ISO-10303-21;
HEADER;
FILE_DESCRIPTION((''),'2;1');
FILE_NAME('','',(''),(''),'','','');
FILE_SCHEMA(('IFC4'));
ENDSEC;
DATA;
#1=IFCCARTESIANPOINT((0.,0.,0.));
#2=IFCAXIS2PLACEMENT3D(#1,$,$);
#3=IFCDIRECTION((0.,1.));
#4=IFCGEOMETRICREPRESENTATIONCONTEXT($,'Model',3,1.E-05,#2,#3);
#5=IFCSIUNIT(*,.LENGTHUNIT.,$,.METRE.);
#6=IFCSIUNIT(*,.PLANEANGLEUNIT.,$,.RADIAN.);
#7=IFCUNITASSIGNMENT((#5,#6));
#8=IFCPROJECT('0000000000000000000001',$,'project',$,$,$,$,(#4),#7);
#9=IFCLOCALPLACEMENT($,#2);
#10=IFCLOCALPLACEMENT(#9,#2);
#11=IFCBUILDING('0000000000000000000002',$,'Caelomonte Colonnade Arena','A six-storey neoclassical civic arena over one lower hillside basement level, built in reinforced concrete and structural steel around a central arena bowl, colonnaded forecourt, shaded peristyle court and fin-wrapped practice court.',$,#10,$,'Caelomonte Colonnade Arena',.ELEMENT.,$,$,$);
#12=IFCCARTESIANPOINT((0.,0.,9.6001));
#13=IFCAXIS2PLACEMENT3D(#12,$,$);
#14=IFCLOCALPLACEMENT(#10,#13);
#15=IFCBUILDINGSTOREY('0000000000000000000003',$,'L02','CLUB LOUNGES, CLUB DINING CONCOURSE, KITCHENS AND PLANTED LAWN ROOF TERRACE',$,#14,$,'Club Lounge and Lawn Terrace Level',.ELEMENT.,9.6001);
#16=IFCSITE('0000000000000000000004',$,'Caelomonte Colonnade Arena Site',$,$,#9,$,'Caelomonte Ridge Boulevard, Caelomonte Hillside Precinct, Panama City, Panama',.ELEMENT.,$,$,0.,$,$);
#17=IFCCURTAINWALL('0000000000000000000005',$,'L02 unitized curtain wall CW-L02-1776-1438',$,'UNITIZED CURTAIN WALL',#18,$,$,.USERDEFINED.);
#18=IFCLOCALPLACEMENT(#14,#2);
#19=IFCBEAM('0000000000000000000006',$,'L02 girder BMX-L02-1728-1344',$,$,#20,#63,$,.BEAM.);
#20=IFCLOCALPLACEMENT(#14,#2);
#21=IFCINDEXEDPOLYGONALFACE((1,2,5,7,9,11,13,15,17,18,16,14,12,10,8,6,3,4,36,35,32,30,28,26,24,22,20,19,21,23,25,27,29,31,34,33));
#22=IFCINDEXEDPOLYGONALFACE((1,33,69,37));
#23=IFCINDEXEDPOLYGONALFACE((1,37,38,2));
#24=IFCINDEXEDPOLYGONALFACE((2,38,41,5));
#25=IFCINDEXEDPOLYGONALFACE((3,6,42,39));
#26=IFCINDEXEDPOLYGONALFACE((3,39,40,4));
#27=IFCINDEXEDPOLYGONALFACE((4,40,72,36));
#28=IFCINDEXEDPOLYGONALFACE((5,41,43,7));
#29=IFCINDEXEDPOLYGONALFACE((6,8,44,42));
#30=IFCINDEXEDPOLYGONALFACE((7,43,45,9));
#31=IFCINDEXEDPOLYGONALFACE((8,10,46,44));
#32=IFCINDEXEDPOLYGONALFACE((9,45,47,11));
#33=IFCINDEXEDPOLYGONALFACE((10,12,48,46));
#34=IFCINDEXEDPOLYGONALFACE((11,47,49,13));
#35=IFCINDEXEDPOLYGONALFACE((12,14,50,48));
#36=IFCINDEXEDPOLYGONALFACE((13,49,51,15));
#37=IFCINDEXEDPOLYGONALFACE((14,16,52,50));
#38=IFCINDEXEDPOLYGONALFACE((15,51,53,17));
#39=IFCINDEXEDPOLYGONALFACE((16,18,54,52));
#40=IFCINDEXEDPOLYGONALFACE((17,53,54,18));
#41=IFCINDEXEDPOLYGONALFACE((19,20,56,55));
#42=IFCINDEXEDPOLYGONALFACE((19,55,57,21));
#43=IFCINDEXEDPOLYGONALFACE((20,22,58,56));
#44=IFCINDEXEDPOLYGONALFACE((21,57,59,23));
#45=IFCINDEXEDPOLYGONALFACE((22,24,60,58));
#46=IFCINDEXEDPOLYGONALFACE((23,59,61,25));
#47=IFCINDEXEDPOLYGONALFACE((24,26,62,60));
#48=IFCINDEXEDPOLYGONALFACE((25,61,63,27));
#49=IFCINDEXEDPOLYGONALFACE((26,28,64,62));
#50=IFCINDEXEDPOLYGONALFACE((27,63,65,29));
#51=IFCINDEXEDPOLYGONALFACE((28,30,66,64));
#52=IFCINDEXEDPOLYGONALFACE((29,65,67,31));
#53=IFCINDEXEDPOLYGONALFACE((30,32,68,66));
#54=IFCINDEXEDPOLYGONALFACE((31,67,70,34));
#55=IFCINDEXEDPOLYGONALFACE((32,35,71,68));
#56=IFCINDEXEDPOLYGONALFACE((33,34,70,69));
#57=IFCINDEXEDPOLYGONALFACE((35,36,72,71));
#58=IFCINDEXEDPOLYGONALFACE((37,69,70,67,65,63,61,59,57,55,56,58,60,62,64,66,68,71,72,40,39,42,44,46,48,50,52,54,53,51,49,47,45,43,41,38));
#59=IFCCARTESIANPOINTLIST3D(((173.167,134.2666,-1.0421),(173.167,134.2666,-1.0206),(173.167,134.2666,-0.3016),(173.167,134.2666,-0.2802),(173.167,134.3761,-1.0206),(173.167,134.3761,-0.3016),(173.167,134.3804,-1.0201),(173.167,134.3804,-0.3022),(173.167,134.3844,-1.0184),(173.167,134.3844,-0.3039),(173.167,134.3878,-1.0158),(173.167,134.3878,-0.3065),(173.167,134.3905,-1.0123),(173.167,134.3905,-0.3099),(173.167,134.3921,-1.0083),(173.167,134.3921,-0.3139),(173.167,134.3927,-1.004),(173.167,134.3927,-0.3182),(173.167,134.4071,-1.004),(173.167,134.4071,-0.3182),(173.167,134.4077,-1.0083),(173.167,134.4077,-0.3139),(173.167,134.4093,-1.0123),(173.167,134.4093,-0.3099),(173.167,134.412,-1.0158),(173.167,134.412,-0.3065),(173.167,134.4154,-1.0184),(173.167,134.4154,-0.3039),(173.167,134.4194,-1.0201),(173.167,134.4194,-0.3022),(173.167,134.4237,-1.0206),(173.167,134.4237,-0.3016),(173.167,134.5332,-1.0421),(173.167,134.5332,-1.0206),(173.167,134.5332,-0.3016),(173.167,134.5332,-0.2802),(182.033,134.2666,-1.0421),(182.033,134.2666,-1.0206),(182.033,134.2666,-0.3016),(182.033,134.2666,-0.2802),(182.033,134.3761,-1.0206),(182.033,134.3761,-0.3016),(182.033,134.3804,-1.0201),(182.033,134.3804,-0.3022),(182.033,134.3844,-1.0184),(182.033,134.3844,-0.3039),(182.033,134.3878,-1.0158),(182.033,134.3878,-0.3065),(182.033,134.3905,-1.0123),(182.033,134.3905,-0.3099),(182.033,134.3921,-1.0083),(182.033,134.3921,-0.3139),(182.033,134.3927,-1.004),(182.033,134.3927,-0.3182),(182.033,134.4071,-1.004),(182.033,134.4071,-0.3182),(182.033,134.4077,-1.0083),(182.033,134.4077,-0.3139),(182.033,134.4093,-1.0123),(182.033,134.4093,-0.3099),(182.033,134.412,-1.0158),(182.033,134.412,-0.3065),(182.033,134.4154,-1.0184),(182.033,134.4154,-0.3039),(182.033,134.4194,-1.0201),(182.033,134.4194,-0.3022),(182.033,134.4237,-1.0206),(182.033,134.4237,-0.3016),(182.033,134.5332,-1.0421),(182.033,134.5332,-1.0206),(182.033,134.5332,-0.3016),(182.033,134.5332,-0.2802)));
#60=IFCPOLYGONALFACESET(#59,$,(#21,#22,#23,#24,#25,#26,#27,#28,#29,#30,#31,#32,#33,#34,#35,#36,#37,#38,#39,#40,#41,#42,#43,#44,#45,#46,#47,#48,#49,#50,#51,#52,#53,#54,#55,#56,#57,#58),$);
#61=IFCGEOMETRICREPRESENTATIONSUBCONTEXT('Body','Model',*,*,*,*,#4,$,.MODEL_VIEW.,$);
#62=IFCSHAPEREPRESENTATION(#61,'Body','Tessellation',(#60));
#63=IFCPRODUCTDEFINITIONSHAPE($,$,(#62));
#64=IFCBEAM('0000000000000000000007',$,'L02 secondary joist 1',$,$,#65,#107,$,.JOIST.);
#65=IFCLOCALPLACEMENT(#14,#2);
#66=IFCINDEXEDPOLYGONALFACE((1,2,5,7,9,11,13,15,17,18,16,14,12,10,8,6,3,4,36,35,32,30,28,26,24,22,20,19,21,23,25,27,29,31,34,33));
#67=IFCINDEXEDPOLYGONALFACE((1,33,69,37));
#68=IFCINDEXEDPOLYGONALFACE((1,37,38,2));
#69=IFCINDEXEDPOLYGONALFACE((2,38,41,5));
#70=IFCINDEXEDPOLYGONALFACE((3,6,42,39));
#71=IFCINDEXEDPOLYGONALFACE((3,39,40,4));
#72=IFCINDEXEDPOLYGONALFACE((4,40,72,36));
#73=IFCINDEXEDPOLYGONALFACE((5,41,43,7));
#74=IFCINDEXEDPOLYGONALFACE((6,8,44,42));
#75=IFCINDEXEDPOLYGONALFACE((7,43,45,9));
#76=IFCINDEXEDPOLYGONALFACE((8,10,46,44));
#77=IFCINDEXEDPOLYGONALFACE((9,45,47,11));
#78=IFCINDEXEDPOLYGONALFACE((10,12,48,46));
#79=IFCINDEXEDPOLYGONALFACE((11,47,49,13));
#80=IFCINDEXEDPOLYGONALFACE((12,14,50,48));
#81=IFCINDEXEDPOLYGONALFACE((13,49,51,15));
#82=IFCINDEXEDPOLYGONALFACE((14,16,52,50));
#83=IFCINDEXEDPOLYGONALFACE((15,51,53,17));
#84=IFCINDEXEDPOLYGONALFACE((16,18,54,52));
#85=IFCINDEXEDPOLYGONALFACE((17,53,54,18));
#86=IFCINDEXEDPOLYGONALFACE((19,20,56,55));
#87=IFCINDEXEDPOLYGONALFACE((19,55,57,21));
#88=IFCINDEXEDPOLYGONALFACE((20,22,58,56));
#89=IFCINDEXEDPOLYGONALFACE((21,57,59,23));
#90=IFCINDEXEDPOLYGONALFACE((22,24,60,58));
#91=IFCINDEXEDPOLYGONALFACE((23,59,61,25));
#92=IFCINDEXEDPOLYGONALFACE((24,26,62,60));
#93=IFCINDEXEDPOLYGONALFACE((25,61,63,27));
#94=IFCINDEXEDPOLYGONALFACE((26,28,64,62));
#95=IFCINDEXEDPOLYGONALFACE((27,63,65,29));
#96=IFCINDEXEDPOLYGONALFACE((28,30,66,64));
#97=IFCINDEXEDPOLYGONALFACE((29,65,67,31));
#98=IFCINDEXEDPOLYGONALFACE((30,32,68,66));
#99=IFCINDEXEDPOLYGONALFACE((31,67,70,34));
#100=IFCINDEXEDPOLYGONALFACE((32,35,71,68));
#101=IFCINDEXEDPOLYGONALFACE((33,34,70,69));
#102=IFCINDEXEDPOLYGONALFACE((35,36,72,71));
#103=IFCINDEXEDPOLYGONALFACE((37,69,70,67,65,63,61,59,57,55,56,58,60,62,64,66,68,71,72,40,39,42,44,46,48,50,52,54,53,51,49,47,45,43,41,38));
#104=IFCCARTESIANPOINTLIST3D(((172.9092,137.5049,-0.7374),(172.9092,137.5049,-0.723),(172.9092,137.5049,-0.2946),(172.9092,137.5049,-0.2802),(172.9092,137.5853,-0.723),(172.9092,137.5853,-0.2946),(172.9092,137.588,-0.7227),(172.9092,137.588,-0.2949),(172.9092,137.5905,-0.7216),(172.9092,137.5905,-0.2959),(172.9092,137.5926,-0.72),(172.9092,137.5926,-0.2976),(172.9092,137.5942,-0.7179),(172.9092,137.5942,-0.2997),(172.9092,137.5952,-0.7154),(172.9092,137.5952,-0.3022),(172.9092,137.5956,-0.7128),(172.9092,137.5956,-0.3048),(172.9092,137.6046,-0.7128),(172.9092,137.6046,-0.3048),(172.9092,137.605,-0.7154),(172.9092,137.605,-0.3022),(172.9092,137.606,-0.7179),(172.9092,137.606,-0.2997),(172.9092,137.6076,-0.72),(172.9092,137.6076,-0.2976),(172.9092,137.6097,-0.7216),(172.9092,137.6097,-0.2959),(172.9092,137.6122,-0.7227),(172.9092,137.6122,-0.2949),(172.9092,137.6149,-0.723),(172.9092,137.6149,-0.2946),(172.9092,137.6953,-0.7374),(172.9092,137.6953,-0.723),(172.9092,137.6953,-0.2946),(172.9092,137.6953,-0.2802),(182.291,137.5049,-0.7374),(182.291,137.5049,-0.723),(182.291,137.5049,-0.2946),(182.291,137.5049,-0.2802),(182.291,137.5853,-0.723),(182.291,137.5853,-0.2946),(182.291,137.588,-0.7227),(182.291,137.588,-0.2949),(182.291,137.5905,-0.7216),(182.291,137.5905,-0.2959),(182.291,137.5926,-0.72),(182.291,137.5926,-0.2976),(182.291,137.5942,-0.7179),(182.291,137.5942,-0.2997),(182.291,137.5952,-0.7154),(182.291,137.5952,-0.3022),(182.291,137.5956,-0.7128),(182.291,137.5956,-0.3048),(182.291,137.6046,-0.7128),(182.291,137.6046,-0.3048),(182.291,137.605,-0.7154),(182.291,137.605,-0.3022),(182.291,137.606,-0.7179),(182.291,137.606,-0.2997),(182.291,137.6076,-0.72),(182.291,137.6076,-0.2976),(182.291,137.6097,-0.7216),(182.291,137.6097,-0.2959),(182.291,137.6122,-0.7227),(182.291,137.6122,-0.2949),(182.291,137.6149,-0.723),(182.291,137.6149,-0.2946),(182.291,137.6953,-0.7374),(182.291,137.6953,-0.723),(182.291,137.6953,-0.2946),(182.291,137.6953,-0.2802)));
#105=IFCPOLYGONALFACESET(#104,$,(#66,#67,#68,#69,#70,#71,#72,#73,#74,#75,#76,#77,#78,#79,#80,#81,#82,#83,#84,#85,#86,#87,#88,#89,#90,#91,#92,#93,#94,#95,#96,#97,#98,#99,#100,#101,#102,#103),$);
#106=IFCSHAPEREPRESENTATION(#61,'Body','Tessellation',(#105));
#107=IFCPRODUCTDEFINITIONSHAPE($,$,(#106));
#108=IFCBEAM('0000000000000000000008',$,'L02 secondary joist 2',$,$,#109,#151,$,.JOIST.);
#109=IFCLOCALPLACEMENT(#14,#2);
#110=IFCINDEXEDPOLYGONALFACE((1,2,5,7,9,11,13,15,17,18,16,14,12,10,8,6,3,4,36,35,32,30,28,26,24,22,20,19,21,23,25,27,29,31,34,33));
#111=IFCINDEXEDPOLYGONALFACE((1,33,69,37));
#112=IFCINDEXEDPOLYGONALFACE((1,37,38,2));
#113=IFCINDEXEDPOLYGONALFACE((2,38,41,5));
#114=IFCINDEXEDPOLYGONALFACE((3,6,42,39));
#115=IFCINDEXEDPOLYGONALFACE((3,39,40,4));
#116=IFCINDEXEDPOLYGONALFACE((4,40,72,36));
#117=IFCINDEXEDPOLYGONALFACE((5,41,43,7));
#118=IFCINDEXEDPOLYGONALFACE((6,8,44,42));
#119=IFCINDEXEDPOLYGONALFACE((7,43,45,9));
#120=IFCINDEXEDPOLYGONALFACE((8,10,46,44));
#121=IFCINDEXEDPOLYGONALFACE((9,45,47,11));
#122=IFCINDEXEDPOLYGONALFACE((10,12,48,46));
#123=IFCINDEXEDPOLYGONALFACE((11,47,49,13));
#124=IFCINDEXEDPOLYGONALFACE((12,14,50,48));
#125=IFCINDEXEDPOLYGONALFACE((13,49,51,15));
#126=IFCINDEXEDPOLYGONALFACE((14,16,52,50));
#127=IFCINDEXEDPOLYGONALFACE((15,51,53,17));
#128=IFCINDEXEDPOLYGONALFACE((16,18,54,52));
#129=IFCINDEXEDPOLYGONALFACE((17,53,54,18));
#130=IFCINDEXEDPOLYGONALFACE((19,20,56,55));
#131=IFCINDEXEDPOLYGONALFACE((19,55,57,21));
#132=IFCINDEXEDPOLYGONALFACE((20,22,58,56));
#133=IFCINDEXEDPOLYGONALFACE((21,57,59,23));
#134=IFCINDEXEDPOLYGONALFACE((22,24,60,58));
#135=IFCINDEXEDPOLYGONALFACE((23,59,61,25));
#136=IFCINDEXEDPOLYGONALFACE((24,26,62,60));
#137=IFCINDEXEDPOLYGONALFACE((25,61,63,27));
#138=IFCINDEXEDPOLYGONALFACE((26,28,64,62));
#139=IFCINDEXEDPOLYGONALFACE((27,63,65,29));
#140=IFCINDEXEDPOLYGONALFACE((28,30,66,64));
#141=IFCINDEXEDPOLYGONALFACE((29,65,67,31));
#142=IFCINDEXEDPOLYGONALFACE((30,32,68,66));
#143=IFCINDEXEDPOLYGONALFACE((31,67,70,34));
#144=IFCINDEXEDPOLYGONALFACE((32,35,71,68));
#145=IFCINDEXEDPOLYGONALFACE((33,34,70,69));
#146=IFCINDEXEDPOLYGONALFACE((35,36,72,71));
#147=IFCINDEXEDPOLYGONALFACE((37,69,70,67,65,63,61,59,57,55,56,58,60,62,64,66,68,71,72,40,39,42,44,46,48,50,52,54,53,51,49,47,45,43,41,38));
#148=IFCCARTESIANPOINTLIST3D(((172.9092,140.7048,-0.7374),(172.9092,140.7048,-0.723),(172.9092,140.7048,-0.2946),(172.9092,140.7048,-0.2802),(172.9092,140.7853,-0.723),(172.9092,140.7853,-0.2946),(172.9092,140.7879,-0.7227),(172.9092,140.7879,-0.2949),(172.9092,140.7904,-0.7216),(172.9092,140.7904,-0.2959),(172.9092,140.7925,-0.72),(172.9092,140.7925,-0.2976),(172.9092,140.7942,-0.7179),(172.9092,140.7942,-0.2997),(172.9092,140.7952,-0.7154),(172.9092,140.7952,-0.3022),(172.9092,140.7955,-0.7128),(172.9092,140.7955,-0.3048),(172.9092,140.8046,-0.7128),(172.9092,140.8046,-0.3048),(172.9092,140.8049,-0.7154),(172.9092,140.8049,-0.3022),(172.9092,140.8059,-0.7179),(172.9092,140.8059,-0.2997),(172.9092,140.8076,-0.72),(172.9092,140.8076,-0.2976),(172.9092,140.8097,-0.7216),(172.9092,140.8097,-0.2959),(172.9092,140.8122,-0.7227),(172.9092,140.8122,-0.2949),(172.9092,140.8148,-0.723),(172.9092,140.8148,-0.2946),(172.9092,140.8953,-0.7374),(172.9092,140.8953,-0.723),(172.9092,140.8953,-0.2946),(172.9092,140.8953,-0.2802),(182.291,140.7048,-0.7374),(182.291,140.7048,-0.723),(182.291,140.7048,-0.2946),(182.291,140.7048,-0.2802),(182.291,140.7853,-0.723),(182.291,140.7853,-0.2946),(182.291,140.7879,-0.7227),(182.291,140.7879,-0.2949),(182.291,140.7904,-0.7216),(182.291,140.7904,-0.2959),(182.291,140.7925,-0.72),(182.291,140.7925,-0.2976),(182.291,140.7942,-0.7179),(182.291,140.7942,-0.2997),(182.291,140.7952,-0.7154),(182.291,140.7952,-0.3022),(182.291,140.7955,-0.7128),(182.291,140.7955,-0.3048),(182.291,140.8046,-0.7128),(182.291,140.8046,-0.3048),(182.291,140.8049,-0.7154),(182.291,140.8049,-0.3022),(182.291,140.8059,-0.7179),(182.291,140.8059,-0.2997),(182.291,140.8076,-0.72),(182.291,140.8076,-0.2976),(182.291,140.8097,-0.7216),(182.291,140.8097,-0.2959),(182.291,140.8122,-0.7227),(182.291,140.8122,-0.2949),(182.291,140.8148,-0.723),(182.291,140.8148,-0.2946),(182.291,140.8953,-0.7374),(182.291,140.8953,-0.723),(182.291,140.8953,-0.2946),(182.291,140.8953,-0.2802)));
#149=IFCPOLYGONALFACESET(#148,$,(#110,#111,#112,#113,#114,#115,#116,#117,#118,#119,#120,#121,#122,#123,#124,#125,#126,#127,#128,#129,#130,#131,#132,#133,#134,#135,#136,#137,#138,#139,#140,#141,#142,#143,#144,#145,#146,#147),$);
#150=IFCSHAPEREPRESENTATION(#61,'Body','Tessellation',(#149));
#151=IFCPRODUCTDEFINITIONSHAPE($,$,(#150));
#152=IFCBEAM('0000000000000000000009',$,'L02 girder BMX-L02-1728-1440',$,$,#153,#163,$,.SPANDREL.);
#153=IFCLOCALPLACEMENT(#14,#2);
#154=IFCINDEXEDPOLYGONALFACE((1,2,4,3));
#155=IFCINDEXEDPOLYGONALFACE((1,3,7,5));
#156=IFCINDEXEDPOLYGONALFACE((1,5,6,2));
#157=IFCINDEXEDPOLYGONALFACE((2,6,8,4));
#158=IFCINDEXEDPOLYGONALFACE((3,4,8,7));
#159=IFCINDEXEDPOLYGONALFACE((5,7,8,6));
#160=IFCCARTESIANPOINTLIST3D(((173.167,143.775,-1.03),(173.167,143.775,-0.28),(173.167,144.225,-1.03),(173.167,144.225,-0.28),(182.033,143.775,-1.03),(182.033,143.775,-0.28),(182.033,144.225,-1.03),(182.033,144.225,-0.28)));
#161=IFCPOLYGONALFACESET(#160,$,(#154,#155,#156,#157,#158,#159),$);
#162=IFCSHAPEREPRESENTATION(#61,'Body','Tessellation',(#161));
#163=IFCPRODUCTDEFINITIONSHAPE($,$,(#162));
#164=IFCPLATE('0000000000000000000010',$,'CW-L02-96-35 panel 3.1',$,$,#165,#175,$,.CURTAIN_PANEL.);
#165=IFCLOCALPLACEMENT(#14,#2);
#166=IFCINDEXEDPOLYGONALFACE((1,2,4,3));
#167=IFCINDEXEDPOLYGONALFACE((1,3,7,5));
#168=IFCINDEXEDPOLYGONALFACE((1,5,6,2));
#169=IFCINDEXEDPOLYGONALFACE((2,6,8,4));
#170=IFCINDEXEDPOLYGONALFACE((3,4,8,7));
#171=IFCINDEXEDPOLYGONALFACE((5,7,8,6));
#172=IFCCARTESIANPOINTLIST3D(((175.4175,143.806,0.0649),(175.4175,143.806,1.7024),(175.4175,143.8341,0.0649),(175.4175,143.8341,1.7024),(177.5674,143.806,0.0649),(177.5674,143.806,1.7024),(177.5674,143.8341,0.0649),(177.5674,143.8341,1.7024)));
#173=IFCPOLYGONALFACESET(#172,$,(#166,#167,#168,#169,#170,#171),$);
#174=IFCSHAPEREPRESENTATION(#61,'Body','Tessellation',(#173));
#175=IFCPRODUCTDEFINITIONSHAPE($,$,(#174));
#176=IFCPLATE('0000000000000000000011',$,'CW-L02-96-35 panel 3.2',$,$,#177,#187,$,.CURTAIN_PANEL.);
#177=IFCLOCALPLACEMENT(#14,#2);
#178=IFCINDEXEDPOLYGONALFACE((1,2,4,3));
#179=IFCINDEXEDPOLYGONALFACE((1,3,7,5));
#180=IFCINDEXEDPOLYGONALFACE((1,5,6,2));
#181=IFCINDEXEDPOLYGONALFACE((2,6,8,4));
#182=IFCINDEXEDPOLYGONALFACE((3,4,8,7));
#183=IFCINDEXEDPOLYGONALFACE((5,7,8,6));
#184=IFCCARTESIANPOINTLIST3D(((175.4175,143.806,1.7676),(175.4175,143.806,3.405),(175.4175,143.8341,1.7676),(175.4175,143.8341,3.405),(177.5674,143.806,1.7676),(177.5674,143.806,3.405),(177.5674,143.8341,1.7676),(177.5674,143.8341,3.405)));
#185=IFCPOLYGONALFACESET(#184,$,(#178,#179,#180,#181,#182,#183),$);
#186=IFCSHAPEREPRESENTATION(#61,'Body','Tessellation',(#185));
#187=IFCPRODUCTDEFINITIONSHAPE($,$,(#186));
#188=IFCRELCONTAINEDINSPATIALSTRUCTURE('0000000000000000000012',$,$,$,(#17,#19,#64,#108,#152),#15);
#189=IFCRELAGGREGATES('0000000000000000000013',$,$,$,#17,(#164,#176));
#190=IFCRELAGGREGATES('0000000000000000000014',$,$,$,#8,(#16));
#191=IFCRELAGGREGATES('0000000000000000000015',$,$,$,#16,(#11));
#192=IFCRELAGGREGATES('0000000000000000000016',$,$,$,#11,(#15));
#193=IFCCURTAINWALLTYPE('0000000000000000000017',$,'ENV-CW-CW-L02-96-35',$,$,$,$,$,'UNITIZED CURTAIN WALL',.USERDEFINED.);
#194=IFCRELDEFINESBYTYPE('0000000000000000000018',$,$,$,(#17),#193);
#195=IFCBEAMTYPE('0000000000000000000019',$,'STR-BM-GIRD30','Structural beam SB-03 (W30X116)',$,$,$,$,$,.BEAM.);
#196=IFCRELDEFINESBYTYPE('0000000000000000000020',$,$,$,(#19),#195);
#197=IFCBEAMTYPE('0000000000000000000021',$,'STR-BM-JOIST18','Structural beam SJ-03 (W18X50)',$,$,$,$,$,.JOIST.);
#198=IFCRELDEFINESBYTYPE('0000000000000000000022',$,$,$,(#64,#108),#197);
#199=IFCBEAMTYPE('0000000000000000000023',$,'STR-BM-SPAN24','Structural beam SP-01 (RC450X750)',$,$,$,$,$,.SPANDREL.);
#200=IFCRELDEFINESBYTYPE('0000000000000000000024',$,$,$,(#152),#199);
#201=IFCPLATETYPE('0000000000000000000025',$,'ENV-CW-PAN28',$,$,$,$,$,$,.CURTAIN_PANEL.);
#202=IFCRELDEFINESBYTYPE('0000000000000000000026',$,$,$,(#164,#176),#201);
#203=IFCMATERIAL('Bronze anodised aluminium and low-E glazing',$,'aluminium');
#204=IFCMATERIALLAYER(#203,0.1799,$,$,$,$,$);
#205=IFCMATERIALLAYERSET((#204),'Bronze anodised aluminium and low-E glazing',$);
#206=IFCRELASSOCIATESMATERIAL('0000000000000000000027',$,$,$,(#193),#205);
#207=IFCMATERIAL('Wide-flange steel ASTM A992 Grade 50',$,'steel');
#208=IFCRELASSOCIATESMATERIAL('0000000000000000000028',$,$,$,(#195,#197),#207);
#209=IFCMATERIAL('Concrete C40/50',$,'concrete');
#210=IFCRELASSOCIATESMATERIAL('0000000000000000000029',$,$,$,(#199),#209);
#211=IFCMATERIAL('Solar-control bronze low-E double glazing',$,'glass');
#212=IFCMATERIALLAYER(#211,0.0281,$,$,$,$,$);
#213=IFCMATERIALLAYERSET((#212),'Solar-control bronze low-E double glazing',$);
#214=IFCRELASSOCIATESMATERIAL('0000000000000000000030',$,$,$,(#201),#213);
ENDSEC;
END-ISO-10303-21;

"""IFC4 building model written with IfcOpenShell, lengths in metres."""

from ifc_helpers import new_model, si_unit, direction, frame, origin, origin_2d, place, context, subcontext, project, spatial, rectangle, i_section, extrude, material, layer, layer_set, material_profile, profile_set, type_object, element, aggregate, save


model = new_model("IFC4")

# Units and contexts
model_context = context("Model", 3, precision=1e-05, world=origin(), true_north=direction((0.0, 1.0)))
body_context = subcontext(model_context, "Body", "Model", "MODEL_VIEW")
ifc_project = project(units=[si_unit("LENGTHUNIT", "METRE"), si_unit("PLANEANGLEUNIT", "RADIAN")], contexts=[model_context])

# Site, building, storey
site_placement = place(None, origin())
site = spatial("IfcSite", under=ifc_project, at=site_placement, Name="Caelomonte Colonnade Arena Site", LongName="Caelomonte Ridge Boulevard, Caelomonte Hillside Precinct, Panama City, Panama", CompositionType="ELEMENT", RefElevation=0.0)
building_placement = place(site_placement, origin())
building = spatial("IfcBuilding", under=site, at=building_placement, Name="Caelomonte Colonnade Arena", Description="A six-storey neoclassical civic arena over one lower hillside basement level, built in reinforced concrete and structural steel around a central arena bowl, colonnaded forecourt, shaded peristyle court and fin-wrapped practice court.", LongName="Caelomonte Colonnade Arena", CompositionType="ELEMENT")
storey_placement = place(building_placement, frame((0.0, 0.0, 9.6001)))
storey = spatial("IfcBuildingStorey", under=building, at=storey_placement, Name="L02", Description="CLUB LOUNGES, CLUB DINING CONCOURSE, KITCHENS AND PLANTED LAWN ROOF TERRACE", LongName="Club Lounge and Lawn Terrace Level", CompositionType="ELEMENT", Elevation=9.6001)

# Shared definitions
ifc_material_1 = material(Name="Concrete C40/50", Category="concrete")

# Curtain wall
ifc_material_2 = material(Name="Bronze anodised aluminium and low-E glazing", Category="aluminium")
ifc_layer_1 = layer(ifc_material_2, 0.1799)
ifc_layer_set_1 = layer_set([ifc_layer_1], Name="Bronze anodised aluminium and low-E glazing")
curtain_wall_type = type_object("IfcCurtainWallType", Name="ENV-CW-CW-L02-96-35", ElementType="UNITIZED CURTAIN WALL", PredefinedType="USERDEFINED", material=ifc_layer_set_1)
curtain_wall_placement = place(storey_placement, origin())
curtain_wall = element("IfcCurtainWall", 1, at=curtain_wall_placement, inside=storey, type_object=curtain_wall_type, Name="L02 unitized curtain wall CW-L02-1776-1438", ObjectType="UNITIZED CURTAIN WALL", PredefinedType="USERDEFINED")

# Beams
ifc_material_3 = material(Name="Wide-flange steel ASTM A992 Grade 50", Category="steel")
ifc_material_profile_1 = material_profile(ifc_material_3, i_section(OverallWidth=0.2666, OverallDepth=0.762, WebThickness=0.0144, FlangeThickness=0.0215, FilletRadius=0.0166, at=origin_2d()), Name="W30X116")
ifc_profile_set_1 = profile_set([ifc_material_profile_1], Name="Wide-flange steel ASTM A992 Grade 50")
beam_type_1 = type_object("IfcBeamType", Name="STR-BM-GIRD30", Description="Structural beam SB-03 (W30X116)", PredefinedType="BEAM", material=ifc_profile_set_1)
beam_1_placement = place(storey_placement, frame((173.167, 134.3999, -0.6611), z_axis=(1.0, 0.0, 0.0), x_axis=(0.0, 1.0, 0.0)))
element("IfcBeam", 2, at=beam_1_placement, inside=storey, type_object=beam_type_1, Name="L02 girder BMX-L02-1728-1344", PredefinedType="BEAM", context=body_context, shape_type="SweptSolid", body=[
    extrude(i_section(OverallWidth=0.2666, OverallDepth=0.762, WebThickness=0.0144, FlangeThickness=0.0215, FilletRadius=0.0166, at=origin_2d()), origin(), (0.0, 0.0, 1.0), 8.866),
])
ifc_material_profile_2 = material_profile(ifc_material_3, i_section(OverallWidth=0.1904, OverallDepth=0.4573, WebThickness=0.009, FlangeThickness=0.0144, FilletRadius=0.0103, at=origin_2d()), Name="W18X50")
ifc_profile_set_2 = profile_set([ifc_material_profile_2], Name="Wide-flange steel ASTM A992 Grade 50")
beam_type_2 = type_object("IfcBeamType", Name="STR-BM-JOIST18", Description="Structural beam SJ-03 (W18X50)", PredefinedType="JOIST", material=ifc_profile_set_2)
for number, where, z_axis, x_axis, name in (
    (3, (172.9092, 137.6001, -0.5088), (1.0, 0.0, 0.0), (0.0, 1.0, 0.0), "L02 secondary joist 1"),
    (4, (172.9092, 140.8, -0.5088), (1.0, 0.0, 0.0), (0.0, 1.0, 0.0), "L02 secondary joist 2"),
):
    element("IfcBeam", number, at=place(storey_placement, frame(where, z_axis=z_axis, x_axis=x_axis)), inside=storey, type_object=beam_type_2, Name=name, PredefinedType="JOIST", context=body_context, shape_type="SweptSolid", body=[
        extrude(i_section(OverallWidth=0.1904, OverallDepth=0.4573, WebThickness=0.009, FlangeThickness=0.0144, FilletRadius=0.0103, at=origin_2d()), origin(), (0.0, 0.0, 1.0), 9.3818),
    ])
ifc_material_profile_3 = material_profile(ifc_material_1, rectangle(XDim=0.45, YDim=0.75, at=origin_2d()), Name="RC450X750")
ifc_profile_set_3 = profile_set([ifc_material_profile_3], Name="Concrete C40/50")
beam_type_3 = type_object("IfcBeamType", Name="STR-BM-SPAN24", Description="Structural beam SP-01 (RC450X750)", PredefinedType="SPANDREL", material=ifc_profile_set_3)
beam_2_placement = place(storey_placement, frame((173.167, 144.0, -0.655), z_axis=(1.0, 0.0, 0.0), x_axis=(0.0, 1.0, 0.0)))
element("IfcBeam", 5, at=beam_2_placement, inside=storey, type_object=beam_type_3, Name="L02 girder BMX-L02-1728-1440", PredefinedType="SPANDREL", context=body_context, shape_type="SweptSolid", body=[
    extrude(rectangle(XDim=0.45, YDim=0.75, at=origin_2d()), origin(), (0.0, 0.0, 1.0), 8.866),
])

# Plates
ifc_material_4 = material(Name="Solar-control bronze low-E double glazing", Category="glass")
ifc_layer_2 = layer(ifc_material_4, 0.0281)
ifc_layer_set_2 = layer_set([ifc_layer_2], Name="Solar-control bronze low-E double glazing")
plate_type_1 = type_object("IfcPlateType", Name="ENV-CW-PAN28", PredefinedType="CURTAIN_PANEL", material=ifc_layer_set_2)
plate_1_placement = place(storey_placement, frame((176.4924, 143.8201, 0.0649), z_axis=(0.0, 0.0, 1.0), x_axis=(-1.0, 0.0, 0.0)))
plate_1 = element("IfcPlate", 6, at=plate_1_placement, type_object=plate_type_1, Name="CW-L02-96-35 panel 3.1", PredefinedType="CURTAIN_PANEL", context=body_context, shape_type="SweptSolid", body=[
    extrude(rectangle(XDim=2.1499, YDim=0.0281, at=origin_2d()), origin(), (0.0, 0.0, 1.0), 1.6375),
])
plate_2_placement = place(storey_placement, frame((176.4924, 143.8201, 1.7676), z_axis=(0.0, 0.0, 1.0), x_axis=(-1.0, 0.0, 0.0)))
plate_2 = element("IfcPlate", 7, at=plate_2_placement, type_object=plate_type_1, Name="CW-L02-96-35 panel 3.2", PredefinedType="CURTAIN_PANEL", context=body_context, shape_type="SweptSolid", body=[
    extrude(rectangle(XDim=2.1499, YDim=0.0281, at=origin_2d()), origin(), (0.0, 0.0, 1.0), 1.6375),
])
aggregate(curtain_wall, [plate_1, plate_2])

save(model, "model.ifc")
